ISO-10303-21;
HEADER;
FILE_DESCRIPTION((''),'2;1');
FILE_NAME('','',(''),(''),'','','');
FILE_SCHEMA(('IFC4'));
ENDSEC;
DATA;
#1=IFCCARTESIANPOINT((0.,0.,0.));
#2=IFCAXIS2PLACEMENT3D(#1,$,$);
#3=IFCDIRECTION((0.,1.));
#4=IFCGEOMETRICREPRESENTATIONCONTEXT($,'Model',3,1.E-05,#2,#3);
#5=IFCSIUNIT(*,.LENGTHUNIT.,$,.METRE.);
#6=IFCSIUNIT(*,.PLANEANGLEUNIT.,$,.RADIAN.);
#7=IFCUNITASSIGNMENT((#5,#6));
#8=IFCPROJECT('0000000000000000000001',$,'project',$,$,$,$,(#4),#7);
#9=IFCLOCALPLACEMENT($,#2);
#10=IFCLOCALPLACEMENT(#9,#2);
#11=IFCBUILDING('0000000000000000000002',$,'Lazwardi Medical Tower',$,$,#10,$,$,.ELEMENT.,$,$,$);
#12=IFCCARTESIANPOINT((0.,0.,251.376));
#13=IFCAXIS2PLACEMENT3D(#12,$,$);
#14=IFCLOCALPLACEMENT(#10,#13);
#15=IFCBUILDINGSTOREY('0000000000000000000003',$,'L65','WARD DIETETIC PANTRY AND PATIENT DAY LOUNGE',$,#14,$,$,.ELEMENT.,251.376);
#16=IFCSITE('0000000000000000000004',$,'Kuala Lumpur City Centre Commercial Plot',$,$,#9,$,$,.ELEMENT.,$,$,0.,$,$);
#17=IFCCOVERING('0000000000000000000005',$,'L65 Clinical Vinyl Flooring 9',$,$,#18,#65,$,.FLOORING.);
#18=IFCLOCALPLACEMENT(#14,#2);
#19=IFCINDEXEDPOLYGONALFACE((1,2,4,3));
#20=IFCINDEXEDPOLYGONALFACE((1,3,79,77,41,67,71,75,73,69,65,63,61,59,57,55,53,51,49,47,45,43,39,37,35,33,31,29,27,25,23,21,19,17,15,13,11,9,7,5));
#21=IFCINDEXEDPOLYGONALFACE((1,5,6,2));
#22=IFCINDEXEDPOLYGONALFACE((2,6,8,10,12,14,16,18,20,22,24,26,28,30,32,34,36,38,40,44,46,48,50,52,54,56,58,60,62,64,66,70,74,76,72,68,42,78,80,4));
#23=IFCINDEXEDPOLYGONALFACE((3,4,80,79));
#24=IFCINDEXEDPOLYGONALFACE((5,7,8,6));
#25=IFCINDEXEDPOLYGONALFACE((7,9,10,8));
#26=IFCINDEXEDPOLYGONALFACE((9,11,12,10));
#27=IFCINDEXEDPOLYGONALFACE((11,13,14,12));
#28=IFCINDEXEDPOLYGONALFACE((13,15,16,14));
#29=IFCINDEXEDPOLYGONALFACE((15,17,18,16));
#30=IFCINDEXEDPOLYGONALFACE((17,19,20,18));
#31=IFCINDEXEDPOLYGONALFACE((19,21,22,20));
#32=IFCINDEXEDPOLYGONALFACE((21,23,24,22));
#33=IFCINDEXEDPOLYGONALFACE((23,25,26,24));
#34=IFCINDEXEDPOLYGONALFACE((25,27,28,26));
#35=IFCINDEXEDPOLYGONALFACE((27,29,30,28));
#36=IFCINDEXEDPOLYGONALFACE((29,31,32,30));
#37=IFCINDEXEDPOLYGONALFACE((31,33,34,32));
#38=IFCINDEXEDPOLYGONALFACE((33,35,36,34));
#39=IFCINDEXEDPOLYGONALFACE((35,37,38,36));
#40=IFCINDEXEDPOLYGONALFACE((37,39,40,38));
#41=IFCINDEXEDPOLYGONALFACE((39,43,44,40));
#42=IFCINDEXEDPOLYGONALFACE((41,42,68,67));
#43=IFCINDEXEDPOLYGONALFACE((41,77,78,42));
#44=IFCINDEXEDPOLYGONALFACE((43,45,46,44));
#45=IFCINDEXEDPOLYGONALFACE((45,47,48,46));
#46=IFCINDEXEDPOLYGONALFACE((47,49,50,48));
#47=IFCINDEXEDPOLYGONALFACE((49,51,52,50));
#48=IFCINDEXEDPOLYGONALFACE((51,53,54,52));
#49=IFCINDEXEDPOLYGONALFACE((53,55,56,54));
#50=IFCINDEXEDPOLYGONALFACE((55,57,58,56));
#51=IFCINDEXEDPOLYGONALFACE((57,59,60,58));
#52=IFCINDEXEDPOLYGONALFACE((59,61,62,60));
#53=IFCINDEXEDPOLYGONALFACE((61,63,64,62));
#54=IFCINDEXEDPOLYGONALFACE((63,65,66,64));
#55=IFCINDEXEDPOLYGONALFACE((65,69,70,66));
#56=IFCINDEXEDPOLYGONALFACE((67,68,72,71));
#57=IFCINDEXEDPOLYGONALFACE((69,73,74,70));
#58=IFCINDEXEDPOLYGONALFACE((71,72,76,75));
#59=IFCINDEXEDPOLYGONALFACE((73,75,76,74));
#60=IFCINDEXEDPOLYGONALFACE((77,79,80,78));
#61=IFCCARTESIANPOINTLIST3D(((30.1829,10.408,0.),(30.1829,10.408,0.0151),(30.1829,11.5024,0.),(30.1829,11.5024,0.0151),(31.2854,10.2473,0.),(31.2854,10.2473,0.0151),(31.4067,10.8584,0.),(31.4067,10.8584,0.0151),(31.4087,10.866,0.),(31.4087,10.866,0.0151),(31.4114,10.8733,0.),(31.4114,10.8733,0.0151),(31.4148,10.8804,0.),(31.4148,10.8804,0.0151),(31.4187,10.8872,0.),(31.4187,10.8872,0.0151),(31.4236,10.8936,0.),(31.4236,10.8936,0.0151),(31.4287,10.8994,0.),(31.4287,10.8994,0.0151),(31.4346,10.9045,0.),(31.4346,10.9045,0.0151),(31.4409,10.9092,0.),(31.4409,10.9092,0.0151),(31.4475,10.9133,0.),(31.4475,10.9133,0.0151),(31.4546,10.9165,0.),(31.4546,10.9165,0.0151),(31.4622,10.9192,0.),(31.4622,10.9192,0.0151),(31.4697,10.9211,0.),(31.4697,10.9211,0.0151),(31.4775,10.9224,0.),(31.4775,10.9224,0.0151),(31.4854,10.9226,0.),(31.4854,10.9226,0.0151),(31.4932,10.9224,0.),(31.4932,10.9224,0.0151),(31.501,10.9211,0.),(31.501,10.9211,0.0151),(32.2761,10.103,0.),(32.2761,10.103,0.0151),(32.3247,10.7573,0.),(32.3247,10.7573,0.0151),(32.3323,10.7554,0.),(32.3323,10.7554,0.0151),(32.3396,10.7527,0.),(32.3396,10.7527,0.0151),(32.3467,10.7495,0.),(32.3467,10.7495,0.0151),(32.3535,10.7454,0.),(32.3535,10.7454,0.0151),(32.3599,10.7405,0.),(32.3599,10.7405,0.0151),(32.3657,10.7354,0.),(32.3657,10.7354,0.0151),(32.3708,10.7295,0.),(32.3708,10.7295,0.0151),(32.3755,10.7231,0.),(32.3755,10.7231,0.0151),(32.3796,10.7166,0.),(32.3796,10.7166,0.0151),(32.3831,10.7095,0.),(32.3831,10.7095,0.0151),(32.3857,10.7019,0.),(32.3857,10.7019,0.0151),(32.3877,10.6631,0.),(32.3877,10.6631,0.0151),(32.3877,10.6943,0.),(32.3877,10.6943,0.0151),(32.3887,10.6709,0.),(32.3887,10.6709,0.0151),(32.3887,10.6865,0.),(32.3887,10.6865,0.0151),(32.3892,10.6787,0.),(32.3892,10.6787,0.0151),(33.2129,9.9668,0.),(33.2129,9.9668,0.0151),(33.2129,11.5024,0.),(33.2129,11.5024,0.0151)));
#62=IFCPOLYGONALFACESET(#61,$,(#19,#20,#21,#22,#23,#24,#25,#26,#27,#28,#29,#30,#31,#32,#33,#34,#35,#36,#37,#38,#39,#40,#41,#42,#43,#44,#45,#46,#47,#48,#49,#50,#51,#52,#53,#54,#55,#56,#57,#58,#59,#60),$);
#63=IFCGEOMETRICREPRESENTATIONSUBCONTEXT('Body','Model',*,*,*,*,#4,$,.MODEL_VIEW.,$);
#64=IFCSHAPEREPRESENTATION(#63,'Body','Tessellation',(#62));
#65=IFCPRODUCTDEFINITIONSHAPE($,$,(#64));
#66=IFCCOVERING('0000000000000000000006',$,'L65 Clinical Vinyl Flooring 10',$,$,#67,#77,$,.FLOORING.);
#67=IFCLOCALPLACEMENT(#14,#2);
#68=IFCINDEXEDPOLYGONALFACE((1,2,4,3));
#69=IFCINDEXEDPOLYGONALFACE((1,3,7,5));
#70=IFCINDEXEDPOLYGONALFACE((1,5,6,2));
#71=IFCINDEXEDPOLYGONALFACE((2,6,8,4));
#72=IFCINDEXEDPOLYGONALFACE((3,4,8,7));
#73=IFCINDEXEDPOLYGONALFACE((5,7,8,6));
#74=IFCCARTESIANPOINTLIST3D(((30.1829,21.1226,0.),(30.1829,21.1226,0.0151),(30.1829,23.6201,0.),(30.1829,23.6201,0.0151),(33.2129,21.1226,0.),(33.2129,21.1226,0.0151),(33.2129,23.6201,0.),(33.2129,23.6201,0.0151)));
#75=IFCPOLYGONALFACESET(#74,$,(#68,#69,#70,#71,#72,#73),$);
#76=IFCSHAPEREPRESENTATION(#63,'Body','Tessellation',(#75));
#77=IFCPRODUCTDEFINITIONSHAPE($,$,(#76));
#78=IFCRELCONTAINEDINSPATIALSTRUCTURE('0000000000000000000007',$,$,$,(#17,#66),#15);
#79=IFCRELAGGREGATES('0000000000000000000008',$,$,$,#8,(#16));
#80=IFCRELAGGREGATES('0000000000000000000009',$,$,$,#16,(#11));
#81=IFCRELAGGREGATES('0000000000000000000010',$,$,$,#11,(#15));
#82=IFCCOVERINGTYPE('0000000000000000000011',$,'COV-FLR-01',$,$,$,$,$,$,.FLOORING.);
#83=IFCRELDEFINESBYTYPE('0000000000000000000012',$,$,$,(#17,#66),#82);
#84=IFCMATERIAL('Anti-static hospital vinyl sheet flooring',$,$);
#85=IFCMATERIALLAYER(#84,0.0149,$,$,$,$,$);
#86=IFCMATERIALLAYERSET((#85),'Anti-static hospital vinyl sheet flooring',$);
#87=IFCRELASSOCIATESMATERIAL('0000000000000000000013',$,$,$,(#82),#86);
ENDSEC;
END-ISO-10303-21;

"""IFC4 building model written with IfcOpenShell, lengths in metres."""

from ifc_helpers import new_model, si_unit, direction, frame, origin, place, context, subcontext, project, spatial, polyline, outline, extrude, material, layer, layer_set, type_object, element, save


model = new_model("IFC4")

# Units and contexts
model_context = context("Model", 3, precision=1e-05, world=origin(), true_north=direction((0.0, 1.0)))
body_context = subcontext(model_context, "Body", "Model", "MODEL_VIEW")
ifc_project = project(units=[si_unit("LENGTHUNIT", "METRE"), si_unit("PLANEANGLEUNIT", "RADIAN")], contexts=[model_context])

# Site, building, storey
site_placement = place(None, origin())
site = spatial("IfcSite", under=ifc_project, at=site_placement, Name="Kuala Lumpur City Centre Commercial Plot", CompositionType="ELEMENT", RefElevation=0.0)
building_placement = place(site_placement, origin())
building = spatial("IfcBuilding", under=site, at=building_placement, Name="Lazwardi Medical Tower", CompositionType="ELEMENT")
storey_placement = place(building_placement, frame((0.0, 0.0, 251.376)))
storey = spatial("IfcBuildingStorey", under=building, at=storey_placement, Name="L65", Description="WARD DIETETIC PANTRY AND PATIENT DAY LOUNGE", CompositionType="ELEMENT", Elevation=251.376)

# Coverings
ifc_material_1 = material(Name="Anti-static hospital vinyl sheet flooring")
ifc_layer_1 = layer(ifc_material_1, 0.0149)
ifc_layer_set_1 = layer_set([ifc_layer_1], Name="Anti-static hospital vinyl sheet flooring")
covering_type_1 = type_object("IfcCoveringType", Name="COV-FLR-01", PredefinedType="FLOORING", material=ifc_layer_set_1)
covering_1_placement = place(storey_placement, origin())
element("IfcCovering", 1, at=covering_1_placement, inside=storey, type_object=covering_type_1, Name="L65 Clinical Vinyl Flooring 9", PredefinedType="FLOORING", context=body_context, shape_type="SweptSolid", body=[
    extrude(outline(polyline([(30.1829, 10.408), (31.2854, 10.2473), (31.4067, 10.8584), (31.4087, 10.866), (31.4114, 10.8733), (31.4148, 10.8804), (31.4187, 10.8872), (31.4236, 10.8936), (31.4287, 10.8994), (31.4346, 10.9045), (31.4409, 10.9092), (31.4475, 10.9133), (31.4546, 10.9165), (31.4622, 10.9192), (31.4697, 10.9211), (31.4775, 10.9224), (31.4854, 10.9226), (31.4932, 10.9224), (31.501, 10.9211), (32.3247, 10.7573), (32.3323, 10.7554), (32.3396, 10.7527), (32.3467, 10.7495), (32.3535, 10.7454), (32.3599, 10.7405), (32.3657, 10.7354), (32.3708, 10.7295), (32.3755, 10.7231), (32.3796, 10.7166), (32.3831, 10.7095), (32.3857, 10.7019), (32.3877, 10.6943), (32.3887, 10.6865), (32.3892, 10.6787), (32.3887, 10.6709), (32.3877, 10.6631), (32.2761, 10.103), (33.2129, 9.9668), (33.2129, 11.5024), (30.1829, 11.5024), (30.1829, 10.408)])), origin(), (0.0, 0.0, 1.0), 0.0151),
])
covering_2_placement = place(storey_placement, origin())
element("IfcCovering", 2, at=covering_2_placement, inside=storey, type_object=covering_type_1, Name="L65 Clinical Vinyl Flooring 10", PredefinedType="FLOORING", context=body_context, shape_type="SweptSolid", body=[
    extrude(outline(polyline([(33.2129, 23.6201), (30.1829, 23.6201), (30.1829, 21.1226), (33.2129, 21.1226), (33.2129, 23.6201)])), origin(), (0.0, 0.0, 1.0), 0.0151),
])

save(model, "model.ifc")
